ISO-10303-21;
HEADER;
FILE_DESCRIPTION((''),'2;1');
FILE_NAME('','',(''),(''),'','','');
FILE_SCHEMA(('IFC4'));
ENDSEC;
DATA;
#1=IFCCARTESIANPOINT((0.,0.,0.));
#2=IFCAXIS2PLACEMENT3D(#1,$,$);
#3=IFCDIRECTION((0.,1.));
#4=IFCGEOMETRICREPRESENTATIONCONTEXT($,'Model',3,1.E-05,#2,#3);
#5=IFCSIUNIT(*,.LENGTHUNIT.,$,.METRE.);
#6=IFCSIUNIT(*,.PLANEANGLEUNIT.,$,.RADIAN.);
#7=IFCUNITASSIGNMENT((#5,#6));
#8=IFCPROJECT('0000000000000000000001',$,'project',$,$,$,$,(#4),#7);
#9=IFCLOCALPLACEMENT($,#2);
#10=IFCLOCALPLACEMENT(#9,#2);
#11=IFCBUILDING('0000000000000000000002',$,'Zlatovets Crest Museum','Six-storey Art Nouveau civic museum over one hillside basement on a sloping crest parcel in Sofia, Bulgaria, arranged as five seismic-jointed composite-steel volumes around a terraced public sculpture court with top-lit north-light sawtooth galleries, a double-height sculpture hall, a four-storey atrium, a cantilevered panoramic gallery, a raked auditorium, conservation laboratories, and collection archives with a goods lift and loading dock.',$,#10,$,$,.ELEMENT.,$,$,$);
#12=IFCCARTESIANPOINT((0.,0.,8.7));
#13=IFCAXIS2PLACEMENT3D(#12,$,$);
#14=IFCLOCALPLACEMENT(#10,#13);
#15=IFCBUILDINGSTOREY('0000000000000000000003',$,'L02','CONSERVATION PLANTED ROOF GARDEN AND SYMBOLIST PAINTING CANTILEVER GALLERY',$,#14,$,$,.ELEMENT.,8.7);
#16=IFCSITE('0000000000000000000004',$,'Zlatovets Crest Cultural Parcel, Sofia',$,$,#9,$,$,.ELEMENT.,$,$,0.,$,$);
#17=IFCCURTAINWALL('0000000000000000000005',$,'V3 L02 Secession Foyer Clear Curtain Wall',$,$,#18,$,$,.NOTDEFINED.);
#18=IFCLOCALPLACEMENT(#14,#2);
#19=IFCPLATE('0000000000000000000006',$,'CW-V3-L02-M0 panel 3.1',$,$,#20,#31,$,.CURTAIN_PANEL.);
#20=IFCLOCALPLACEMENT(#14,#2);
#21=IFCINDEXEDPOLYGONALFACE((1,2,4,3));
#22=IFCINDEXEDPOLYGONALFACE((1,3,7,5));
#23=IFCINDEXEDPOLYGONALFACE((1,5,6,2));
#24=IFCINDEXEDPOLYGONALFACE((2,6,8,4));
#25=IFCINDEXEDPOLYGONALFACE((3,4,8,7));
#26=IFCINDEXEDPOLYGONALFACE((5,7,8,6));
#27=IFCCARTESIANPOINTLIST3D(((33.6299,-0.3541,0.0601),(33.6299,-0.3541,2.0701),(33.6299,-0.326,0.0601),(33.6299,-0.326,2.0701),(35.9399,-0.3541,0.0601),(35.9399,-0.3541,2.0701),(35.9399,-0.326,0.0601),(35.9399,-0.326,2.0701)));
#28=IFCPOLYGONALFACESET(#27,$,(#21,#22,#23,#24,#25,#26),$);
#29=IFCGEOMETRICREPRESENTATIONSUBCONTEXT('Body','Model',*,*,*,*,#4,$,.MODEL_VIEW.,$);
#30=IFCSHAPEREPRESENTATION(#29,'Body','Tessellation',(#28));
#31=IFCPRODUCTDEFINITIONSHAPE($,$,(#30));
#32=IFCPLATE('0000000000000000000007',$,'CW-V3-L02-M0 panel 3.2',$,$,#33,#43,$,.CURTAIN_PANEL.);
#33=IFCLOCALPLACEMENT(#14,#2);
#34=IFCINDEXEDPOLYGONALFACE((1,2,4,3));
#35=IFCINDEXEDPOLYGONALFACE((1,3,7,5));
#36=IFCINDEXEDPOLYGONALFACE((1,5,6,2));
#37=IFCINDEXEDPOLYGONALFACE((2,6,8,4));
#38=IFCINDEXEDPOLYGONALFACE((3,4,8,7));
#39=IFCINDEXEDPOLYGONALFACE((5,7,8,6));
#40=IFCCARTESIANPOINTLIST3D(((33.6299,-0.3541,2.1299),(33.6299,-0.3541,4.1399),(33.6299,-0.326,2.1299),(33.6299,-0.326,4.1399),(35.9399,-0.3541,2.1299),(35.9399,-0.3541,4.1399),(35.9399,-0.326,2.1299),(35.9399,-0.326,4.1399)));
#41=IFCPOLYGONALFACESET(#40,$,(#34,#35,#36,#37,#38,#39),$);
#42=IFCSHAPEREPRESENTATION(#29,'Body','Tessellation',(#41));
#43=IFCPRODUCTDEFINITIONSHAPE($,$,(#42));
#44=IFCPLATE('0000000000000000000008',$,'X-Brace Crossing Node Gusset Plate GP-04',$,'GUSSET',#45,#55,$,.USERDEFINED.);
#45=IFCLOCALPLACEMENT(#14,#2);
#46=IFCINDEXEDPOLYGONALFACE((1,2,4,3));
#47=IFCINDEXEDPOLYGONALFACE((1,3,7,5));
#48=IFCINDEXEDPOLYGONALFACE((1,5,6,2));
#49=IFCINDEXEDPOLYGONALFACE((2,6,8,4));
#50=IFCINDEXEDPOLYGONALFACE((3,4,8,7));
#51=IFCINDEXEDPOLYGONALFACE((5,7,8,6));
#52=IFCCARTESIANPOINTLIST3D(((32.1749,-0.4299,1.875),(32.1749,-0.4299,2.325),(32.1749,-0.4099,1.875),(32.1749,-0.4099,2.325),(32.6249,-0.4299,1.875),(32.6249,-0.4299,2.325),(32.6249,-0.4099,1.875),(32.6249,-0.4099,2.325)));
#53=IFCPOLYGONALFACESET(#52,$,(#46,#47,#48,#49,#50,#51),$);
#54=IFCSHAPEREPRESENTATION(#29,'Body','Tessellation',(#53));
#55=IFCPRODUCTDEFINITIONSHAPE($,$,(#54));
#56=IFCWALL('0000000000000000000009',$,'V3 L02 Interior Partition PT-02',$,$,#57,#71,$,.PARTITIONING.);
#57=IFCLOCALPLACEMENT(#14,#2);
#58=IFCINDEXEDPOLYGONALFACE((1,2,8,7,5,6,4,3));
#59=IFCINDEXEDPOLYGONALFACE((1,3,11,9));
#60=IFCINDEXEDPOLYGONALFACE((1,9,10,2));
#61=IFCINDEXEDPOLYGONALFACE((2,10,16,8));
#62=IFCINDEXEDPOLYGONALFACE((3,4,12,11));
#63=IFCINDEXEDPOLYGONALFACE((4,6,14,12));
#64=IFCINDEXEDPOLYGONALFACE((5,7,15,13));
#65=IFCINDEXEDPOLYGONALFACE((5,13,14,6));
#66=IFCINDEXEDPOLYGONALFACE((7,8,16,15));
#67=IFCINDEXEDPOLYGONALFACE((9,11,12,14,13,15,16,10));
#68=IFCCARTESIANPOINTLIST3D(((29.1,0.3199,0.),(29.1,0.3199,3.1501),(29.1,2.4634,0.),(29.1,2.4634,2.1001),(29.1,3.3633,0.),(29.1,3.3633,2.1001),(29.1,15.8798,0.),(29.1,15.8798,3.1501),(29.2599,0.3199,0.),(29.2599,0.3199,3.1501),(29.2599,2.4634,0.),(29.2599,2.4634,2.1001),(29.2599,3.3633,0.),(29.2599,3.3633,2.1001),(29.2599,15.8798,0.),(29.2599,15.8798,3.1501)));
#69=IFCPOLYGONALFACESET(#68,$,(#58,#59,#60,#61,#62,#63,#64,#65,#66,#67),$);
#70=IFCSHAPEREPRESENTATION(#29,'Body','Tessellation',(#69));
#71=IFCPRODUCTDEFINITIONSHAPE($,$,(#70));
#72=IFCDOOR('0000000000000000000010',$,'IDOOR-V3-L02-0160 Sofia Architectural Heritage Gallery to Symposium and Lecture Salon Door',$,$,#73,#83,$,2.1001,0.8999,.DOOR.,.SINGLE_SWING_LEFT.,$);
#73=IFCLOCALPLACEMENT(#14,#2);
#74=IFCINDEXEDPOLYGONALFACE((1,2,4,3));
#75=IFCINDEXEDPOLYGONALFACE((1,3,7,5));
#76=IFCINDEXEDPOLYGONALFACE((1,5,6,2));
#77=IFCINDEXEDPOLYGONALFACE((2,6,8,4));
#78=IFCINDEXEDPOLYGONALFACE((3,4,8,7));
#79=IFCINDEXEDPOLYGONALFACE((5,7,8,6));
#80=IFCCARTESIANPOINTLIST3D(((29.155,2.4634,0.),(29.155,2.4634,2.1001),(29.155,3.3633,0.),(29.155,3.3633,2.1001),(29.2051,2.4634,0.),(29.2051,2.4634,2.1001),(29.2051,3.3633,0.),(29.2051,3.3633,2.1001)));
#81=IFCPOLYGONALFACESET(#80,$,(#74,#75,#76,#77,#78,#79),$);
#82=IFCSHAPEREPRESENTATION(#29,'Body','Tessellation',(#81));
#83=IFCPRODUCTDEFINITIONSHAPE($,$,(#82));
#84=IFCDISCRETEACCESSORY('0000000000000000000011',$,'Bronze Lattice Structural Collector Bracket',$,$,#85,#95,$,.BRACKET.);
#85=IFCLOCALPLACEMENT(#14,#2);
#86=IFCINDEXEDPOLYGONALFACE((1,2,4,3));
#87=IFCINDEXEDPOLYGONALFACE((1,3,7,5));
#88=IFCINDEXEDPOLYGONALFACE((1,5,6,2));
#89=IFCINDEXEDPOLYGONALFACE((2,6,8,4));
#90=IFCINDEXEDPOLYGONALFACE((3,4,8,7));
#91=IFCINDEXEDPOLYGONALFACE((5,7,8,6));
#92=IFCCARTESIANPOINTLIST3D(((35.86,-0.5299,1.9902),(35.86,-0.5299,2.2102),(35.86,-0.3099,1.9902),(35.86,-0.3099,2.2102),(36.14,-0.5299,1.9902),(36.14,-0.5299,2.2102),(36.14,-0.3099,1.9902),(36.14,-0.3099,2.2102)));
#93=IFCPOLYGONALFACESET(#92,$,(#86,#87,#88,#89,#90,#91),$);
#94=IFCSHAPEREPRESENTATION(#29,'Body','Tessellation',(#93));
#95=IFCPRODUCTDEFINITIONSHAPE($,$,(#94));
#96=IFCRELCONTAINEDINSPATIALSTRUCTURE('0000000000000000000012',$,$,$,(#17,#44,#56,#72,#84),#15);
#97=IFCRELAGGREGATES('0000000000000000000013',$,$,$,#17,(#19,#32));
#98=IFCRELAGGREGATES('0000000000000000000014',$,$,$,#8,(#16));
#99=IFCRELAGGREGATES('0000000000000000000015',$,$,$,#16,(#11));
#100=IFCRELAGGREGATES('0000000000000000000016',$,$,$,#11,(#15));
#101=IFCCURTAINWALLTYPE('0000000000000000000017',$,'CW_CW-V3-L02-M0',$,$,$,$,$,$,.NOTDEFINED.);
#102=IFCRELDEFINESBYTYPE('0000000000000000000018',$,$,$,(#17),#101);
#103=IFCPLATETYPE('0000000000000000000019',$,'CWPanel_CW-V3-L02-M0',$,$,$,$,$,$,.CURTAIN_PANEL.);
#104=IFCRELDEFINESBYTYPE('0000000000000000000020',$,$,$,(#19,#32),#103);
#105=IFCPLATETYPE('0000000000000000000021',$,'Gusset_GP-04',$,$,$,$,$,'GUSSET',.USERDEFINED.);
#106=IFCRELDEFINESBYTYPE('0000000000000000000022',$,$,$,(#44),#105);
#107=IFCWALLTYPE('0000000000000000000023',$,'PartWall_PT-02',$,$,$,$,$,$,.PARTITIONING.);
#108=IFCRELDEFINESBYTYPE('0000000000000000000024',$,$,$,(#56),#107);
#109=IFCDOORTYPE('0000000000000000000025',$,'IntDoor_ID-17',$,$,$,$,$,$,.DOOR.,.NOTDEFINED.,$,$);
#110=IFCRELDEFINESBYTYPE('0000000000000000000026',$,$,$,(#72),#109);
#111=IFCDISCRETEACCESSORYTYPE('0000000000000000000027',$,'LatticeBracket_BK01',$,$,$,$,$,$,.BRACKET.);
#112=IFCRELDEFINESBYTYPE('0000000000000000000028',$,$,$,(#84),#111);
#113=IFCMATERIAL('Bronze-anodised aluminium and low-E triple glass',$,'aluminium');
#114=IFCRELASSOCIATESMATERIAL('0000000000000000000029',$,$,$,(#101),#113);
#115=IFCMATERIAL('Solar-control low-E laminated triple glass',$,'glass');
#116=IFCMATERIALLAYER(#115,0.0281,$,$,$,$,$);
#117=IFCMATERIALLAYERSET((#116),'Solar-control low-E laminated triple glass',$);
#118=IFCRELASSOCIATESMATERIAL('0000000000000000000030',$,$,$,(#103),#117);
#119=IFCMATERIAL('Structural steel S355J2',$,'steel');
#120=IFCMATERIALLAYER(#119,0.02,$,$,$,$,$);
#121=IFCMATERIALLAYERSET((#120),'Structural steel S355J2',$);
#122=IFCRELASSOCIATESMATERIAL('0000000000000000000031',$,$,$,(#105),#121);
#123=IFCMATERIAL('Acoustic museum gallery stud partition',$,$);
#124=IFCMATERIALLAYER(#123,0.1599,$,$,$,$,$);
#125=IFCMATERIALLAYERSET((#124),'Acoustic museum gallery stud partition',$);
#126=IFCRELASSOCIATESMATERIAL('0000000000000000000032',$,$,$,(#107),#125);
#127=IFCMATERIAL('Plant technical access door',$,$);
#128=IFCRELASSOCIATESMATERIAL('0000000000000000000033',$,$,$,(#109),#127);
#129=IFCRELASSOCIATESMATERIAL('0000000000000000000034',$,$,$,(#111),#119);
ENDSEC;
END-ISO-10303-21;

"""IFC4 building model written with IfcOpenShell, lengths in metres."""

from ifc_helpers import new_model, si_unit, direction, frame, frame_2d, origin, origin_2d, place, context, subcontext, project, spatial, rectangle, extrude, material, layer, layer_set, type_object, element, fill, aggregate, save


model = new_model("IFC4")

# Units and contexts
model_context = context("Model", 3, precision=1e-05, world=origin(), true_north=direction((0.0, 1.0)))
body_context = subcontext(model_context, "Body", "Model", "MODEL_VIEW")
ifc_project = project(units=[si_unit("LENGTHUNIT", "METRE"), si_unit("PLANEANGLEUNIT", "RADIAN")], contexts=[model_context])

# Site, building, storey
site_placement = place(None, origin())
site = spatial("IfcSite", under=ifc_project, at=site_placement, Name="Zlatovets Crest Cultural Parcel, Sofia", CompositionType="ELEMENT", RefElevation=0.0)
building_placement = place(site_placement, origin())
building = spatial("IfcBuilding", under=site, at=building_placement, Name="Zlatovets Crest Museum", Description="Six-storey Art Nouveau civic museum over one hillside basement on a sloping crest parcel in Sofia, Bulgaria, arranged as five seismic-jointed composite-steel volumes around a terraced public sculpture court with top-lit north-light sawtooth galleries, a double-height sculpture hall, a four-storey atrium, a cantilevered panoramic gallery, a raked auditorium, conservation laboratories, and collection archives with a goods lift and loading dock.", CompositionType="ELEMENT")
storey_placement = place(building_placement, frame((0.0, 0.0, 8.7)))
storey = spatial("IfcBuildingStorey", under=building, at=storey_placement, Name="L02", Description="CONSERVATION PLANTED ROOF GARDEN AND SYMBOLIST PAINTING CANTILEVER GALLERY", CompositionType="ELEMENT", Elevation=8.7)

# Shared definitions
ifc_material_1 = material(Name="Structural steel S355J2", Category="steel")

# Curtain wall
ifc_material_2 = material(Name="Bronze-anodised aluminium and low-E triple glass", Category="aluminium")
curtain_wall_type = type_object("IfcCurtainWallType", Name="CW_CW-V3-L02-M0", PredefinedType="NOTDEFINED", material=ifc_material_2)
curtain_wall_placement = place(storey_placement, origin())
curtain_wall = element("IfcCurtainWall", 1, at=curtain_wall_placement, inside=storey, type_object=curtain_wall_type, Name="V3 L02 Secession Foyer Clear Curtain Wall", PredefinedType="NOTDEFINED")

# Plates
ifc_material_3 = material(Name="Solar-control low-E laminated triple glass", Category="glass")
ifc_layer_1 = layer(ifc_material_3, 0.0281)
ifc_layer_set_1 = layer_set([ifc_layer_1], Name="Solar-control low-E laminated triple glass")
plate_type_1 = type_object("IfcPlateType", Name="CWPanel_CW-V3-L02-M0", PredefinedType="CURTAIN_PANEL", material=ifc_layer_set_1)
plate_1_placement = place(storey_placement, frame((34.7849, -0.3401, 0.0601), z_axis=(0.0, 0.0, 1.0), x_axis=(1.0, 0.0, 0.0)))
plate_1 = element("IfcPlate", 2, at=plate_1_placement, type_object=plate_type_1, Name="CW-V3-L02-M0 panel 3.1", PredefinedType="CURTAIN_PANEL", context=body_context, shape_type="SweptSolid", body=[
    extrude(rectangle(XDim=2.3101, YDim=0.0281, at=origin_2d()), origin(), (0.0, 0.0, 1.0), 2.01),
])
plate_2_placement = place(storey_placement, frame((34.7849, -0.3401, 2.1299), z_axis=(0.0, 0.0, 1.0), x_axis=(1.0, 0.0, 0.0)))
plate_2 = element("IfcPlate", 3, at=plate_2_placement, type_object=plate_type_1, Name="CW-V3-L02-M0 panel 3.2", PredefinedType="CURTAIN_PANEL", context=body_context, shape_type="SweptSolid", body=[
    extrude(rectangle(XDim=2.3101, YDim=0.0281, at=origin_2d()), origin(), (0.0, 0.0, 1.0), 2.01),
])
aggregate(curtain_wall, [plate_1, plate_2])
ifc_layer_2 = layer(ifc_material_1, 0.02)
ifc_layer_set_2 = layer_set([ifc_layer_2], Name="Structural steel S355J2")
plate_type_2 = type_object("IfcPlateType", Name="Gusset_GP-04", ElementType="GUSSET", PredefinedType="USERDEFINED", material=ifc_layer_set_2)
plate_3_placement = place(storey_placement, frame((32.3999, -0.4199, 1.875), z_axis=(0.0, 0.0, 1.0), x_axis=(1.0, 0.0, 0.0)))
element("IfcPlate", 4, at=plate_3_placement, inside=storey, type_object=plate_type_2, Name="X-Brace Crossing Node Gusset Plate GP-04", ObjectType="GUSSET", PredefinedType="USERDEFINED", context=body_context, shape_type="SweptSolid", body=[
    extrude(rectangle(XDim=0.45, YDim=0.02, at=origin_2d()), origin(), (0.0, 0.0, 1.0), 0.45),
])

# Wall, opening, door
ifc_material_4 = material(Name="Acoustic museum gallery stud partition")
ifc_layer_3 = layer(ifc_material_4, 0.1599)
ifc_layer_set_3 = layer_set([ifc_layer_3], Name="Acoustic museum gallery stud partition")
wall_type = type_object("IfcWallType", Name="PartWall_PT-02", PredefinedType="PARTITIONING", material=ifc_layer_set_3)
wall_placement = place(storey_placement, frame((29.1799, 0.3201, 0.0), z_axis=(0.0, 0.0, 1.0), x_axis=(0.0, 1.0, 0.0)))
wall = element("IfcWall", 5, at=wall_placement, inside=storey, type_object=wall_type, Name="V3 L02 Interior Partition PT-02", PredefinedType="PARTITIONING", context=body_context, shape_type="SweptSolid", body=[
    extrude(rectangle(XDim=15.5598, YDim=0.1599, at=frame_2d((7.7798, 0.0))), origin(), (0.0, 0.0, 1.0), 3.1501),
])
opening_placement = place(wall_placement, frame((2.1433, 0.0, 0.0)))
opening = element("IfcOpeningElement", 6, at=opening_placement, cuts=wall, PredefinedType="OPENING", context=body_context, shape_type="SweptSolid", body=[
    extrude(rectangle(XDim=0.8999, YDim=2.1001, at=frame_2d((0.45, 1.05))), frame((0.0, 0.0898, 0.0), z_axis=(0.0, -1.0, 0.0), x_axis=(1.0, 0.0, 0.0)), (0.0, 0.0, 1.0), 0.1799),
])
ifc_material_5 = material(Name="Plant technical access door")
door_type = type_object("IfcDoorType", Name="IntDoor_ID-17", OperationType="NOTDEFINED", PredefinedType="DOOR", material=ifc_material_5)
door_placement = place(opening_placement, origin())
door = element("IfcDoor", 7, at=door_placement, inside=storey, type_object=door_type, Name="IDOOR-V3-L02-0160 Sofia Architectural Heritage Gallery to Symposium and Lecture Salon Door", OperationType="SINGLE_SWING_LEFT", OverallHeight=2.1001, OverallWidth=0.8999, PredefinedType="DOOR", context=body_context, shape_type="SweptSolid", body=[
    extrude(rectangle(XDim=0.8999, YDim=2.1001, at=frame_2d((0.45, 1.05))), frame((0.0, 0.0249, 0.0), z_axis=(0.0, -1.0, 0.0), x_axis=(1.0, 0.0, 0.0)), (0.0, 0.0, 1.0), 0.05),
])
fill(opening, door)

# Discrete accessory
discrete_accessory_type = type_object("IfcDiscreteAccessoryType", Name="LatticeBracket_BK01", PredefinedType="BRACKET", material=ifc_material_1)
discrete_accessory_placement = place(storey_placement, frame((36.0, -0.4199, 1.9902), z_axis=(0.0, 0.0, 1.0), x_axis=(1.0, 0.0, 0.0)))
element("IfcDiscreteAccessory", 8, at=discrete_accessory_placement, inside=storey, type_object=discrete_accessory_type, Name="Bronze Lattice Structural Collector Bracket", PredefinedType="BRACKET", context=body_context, shape_type="SweptSolid", body=[
    extrude(rectangle(XDim=0.28, YDim=0.22, at=origin_2d()), origin(), (0.0, 0.0, 1.0), 0.22),
])

save(model, "model.ifc")
